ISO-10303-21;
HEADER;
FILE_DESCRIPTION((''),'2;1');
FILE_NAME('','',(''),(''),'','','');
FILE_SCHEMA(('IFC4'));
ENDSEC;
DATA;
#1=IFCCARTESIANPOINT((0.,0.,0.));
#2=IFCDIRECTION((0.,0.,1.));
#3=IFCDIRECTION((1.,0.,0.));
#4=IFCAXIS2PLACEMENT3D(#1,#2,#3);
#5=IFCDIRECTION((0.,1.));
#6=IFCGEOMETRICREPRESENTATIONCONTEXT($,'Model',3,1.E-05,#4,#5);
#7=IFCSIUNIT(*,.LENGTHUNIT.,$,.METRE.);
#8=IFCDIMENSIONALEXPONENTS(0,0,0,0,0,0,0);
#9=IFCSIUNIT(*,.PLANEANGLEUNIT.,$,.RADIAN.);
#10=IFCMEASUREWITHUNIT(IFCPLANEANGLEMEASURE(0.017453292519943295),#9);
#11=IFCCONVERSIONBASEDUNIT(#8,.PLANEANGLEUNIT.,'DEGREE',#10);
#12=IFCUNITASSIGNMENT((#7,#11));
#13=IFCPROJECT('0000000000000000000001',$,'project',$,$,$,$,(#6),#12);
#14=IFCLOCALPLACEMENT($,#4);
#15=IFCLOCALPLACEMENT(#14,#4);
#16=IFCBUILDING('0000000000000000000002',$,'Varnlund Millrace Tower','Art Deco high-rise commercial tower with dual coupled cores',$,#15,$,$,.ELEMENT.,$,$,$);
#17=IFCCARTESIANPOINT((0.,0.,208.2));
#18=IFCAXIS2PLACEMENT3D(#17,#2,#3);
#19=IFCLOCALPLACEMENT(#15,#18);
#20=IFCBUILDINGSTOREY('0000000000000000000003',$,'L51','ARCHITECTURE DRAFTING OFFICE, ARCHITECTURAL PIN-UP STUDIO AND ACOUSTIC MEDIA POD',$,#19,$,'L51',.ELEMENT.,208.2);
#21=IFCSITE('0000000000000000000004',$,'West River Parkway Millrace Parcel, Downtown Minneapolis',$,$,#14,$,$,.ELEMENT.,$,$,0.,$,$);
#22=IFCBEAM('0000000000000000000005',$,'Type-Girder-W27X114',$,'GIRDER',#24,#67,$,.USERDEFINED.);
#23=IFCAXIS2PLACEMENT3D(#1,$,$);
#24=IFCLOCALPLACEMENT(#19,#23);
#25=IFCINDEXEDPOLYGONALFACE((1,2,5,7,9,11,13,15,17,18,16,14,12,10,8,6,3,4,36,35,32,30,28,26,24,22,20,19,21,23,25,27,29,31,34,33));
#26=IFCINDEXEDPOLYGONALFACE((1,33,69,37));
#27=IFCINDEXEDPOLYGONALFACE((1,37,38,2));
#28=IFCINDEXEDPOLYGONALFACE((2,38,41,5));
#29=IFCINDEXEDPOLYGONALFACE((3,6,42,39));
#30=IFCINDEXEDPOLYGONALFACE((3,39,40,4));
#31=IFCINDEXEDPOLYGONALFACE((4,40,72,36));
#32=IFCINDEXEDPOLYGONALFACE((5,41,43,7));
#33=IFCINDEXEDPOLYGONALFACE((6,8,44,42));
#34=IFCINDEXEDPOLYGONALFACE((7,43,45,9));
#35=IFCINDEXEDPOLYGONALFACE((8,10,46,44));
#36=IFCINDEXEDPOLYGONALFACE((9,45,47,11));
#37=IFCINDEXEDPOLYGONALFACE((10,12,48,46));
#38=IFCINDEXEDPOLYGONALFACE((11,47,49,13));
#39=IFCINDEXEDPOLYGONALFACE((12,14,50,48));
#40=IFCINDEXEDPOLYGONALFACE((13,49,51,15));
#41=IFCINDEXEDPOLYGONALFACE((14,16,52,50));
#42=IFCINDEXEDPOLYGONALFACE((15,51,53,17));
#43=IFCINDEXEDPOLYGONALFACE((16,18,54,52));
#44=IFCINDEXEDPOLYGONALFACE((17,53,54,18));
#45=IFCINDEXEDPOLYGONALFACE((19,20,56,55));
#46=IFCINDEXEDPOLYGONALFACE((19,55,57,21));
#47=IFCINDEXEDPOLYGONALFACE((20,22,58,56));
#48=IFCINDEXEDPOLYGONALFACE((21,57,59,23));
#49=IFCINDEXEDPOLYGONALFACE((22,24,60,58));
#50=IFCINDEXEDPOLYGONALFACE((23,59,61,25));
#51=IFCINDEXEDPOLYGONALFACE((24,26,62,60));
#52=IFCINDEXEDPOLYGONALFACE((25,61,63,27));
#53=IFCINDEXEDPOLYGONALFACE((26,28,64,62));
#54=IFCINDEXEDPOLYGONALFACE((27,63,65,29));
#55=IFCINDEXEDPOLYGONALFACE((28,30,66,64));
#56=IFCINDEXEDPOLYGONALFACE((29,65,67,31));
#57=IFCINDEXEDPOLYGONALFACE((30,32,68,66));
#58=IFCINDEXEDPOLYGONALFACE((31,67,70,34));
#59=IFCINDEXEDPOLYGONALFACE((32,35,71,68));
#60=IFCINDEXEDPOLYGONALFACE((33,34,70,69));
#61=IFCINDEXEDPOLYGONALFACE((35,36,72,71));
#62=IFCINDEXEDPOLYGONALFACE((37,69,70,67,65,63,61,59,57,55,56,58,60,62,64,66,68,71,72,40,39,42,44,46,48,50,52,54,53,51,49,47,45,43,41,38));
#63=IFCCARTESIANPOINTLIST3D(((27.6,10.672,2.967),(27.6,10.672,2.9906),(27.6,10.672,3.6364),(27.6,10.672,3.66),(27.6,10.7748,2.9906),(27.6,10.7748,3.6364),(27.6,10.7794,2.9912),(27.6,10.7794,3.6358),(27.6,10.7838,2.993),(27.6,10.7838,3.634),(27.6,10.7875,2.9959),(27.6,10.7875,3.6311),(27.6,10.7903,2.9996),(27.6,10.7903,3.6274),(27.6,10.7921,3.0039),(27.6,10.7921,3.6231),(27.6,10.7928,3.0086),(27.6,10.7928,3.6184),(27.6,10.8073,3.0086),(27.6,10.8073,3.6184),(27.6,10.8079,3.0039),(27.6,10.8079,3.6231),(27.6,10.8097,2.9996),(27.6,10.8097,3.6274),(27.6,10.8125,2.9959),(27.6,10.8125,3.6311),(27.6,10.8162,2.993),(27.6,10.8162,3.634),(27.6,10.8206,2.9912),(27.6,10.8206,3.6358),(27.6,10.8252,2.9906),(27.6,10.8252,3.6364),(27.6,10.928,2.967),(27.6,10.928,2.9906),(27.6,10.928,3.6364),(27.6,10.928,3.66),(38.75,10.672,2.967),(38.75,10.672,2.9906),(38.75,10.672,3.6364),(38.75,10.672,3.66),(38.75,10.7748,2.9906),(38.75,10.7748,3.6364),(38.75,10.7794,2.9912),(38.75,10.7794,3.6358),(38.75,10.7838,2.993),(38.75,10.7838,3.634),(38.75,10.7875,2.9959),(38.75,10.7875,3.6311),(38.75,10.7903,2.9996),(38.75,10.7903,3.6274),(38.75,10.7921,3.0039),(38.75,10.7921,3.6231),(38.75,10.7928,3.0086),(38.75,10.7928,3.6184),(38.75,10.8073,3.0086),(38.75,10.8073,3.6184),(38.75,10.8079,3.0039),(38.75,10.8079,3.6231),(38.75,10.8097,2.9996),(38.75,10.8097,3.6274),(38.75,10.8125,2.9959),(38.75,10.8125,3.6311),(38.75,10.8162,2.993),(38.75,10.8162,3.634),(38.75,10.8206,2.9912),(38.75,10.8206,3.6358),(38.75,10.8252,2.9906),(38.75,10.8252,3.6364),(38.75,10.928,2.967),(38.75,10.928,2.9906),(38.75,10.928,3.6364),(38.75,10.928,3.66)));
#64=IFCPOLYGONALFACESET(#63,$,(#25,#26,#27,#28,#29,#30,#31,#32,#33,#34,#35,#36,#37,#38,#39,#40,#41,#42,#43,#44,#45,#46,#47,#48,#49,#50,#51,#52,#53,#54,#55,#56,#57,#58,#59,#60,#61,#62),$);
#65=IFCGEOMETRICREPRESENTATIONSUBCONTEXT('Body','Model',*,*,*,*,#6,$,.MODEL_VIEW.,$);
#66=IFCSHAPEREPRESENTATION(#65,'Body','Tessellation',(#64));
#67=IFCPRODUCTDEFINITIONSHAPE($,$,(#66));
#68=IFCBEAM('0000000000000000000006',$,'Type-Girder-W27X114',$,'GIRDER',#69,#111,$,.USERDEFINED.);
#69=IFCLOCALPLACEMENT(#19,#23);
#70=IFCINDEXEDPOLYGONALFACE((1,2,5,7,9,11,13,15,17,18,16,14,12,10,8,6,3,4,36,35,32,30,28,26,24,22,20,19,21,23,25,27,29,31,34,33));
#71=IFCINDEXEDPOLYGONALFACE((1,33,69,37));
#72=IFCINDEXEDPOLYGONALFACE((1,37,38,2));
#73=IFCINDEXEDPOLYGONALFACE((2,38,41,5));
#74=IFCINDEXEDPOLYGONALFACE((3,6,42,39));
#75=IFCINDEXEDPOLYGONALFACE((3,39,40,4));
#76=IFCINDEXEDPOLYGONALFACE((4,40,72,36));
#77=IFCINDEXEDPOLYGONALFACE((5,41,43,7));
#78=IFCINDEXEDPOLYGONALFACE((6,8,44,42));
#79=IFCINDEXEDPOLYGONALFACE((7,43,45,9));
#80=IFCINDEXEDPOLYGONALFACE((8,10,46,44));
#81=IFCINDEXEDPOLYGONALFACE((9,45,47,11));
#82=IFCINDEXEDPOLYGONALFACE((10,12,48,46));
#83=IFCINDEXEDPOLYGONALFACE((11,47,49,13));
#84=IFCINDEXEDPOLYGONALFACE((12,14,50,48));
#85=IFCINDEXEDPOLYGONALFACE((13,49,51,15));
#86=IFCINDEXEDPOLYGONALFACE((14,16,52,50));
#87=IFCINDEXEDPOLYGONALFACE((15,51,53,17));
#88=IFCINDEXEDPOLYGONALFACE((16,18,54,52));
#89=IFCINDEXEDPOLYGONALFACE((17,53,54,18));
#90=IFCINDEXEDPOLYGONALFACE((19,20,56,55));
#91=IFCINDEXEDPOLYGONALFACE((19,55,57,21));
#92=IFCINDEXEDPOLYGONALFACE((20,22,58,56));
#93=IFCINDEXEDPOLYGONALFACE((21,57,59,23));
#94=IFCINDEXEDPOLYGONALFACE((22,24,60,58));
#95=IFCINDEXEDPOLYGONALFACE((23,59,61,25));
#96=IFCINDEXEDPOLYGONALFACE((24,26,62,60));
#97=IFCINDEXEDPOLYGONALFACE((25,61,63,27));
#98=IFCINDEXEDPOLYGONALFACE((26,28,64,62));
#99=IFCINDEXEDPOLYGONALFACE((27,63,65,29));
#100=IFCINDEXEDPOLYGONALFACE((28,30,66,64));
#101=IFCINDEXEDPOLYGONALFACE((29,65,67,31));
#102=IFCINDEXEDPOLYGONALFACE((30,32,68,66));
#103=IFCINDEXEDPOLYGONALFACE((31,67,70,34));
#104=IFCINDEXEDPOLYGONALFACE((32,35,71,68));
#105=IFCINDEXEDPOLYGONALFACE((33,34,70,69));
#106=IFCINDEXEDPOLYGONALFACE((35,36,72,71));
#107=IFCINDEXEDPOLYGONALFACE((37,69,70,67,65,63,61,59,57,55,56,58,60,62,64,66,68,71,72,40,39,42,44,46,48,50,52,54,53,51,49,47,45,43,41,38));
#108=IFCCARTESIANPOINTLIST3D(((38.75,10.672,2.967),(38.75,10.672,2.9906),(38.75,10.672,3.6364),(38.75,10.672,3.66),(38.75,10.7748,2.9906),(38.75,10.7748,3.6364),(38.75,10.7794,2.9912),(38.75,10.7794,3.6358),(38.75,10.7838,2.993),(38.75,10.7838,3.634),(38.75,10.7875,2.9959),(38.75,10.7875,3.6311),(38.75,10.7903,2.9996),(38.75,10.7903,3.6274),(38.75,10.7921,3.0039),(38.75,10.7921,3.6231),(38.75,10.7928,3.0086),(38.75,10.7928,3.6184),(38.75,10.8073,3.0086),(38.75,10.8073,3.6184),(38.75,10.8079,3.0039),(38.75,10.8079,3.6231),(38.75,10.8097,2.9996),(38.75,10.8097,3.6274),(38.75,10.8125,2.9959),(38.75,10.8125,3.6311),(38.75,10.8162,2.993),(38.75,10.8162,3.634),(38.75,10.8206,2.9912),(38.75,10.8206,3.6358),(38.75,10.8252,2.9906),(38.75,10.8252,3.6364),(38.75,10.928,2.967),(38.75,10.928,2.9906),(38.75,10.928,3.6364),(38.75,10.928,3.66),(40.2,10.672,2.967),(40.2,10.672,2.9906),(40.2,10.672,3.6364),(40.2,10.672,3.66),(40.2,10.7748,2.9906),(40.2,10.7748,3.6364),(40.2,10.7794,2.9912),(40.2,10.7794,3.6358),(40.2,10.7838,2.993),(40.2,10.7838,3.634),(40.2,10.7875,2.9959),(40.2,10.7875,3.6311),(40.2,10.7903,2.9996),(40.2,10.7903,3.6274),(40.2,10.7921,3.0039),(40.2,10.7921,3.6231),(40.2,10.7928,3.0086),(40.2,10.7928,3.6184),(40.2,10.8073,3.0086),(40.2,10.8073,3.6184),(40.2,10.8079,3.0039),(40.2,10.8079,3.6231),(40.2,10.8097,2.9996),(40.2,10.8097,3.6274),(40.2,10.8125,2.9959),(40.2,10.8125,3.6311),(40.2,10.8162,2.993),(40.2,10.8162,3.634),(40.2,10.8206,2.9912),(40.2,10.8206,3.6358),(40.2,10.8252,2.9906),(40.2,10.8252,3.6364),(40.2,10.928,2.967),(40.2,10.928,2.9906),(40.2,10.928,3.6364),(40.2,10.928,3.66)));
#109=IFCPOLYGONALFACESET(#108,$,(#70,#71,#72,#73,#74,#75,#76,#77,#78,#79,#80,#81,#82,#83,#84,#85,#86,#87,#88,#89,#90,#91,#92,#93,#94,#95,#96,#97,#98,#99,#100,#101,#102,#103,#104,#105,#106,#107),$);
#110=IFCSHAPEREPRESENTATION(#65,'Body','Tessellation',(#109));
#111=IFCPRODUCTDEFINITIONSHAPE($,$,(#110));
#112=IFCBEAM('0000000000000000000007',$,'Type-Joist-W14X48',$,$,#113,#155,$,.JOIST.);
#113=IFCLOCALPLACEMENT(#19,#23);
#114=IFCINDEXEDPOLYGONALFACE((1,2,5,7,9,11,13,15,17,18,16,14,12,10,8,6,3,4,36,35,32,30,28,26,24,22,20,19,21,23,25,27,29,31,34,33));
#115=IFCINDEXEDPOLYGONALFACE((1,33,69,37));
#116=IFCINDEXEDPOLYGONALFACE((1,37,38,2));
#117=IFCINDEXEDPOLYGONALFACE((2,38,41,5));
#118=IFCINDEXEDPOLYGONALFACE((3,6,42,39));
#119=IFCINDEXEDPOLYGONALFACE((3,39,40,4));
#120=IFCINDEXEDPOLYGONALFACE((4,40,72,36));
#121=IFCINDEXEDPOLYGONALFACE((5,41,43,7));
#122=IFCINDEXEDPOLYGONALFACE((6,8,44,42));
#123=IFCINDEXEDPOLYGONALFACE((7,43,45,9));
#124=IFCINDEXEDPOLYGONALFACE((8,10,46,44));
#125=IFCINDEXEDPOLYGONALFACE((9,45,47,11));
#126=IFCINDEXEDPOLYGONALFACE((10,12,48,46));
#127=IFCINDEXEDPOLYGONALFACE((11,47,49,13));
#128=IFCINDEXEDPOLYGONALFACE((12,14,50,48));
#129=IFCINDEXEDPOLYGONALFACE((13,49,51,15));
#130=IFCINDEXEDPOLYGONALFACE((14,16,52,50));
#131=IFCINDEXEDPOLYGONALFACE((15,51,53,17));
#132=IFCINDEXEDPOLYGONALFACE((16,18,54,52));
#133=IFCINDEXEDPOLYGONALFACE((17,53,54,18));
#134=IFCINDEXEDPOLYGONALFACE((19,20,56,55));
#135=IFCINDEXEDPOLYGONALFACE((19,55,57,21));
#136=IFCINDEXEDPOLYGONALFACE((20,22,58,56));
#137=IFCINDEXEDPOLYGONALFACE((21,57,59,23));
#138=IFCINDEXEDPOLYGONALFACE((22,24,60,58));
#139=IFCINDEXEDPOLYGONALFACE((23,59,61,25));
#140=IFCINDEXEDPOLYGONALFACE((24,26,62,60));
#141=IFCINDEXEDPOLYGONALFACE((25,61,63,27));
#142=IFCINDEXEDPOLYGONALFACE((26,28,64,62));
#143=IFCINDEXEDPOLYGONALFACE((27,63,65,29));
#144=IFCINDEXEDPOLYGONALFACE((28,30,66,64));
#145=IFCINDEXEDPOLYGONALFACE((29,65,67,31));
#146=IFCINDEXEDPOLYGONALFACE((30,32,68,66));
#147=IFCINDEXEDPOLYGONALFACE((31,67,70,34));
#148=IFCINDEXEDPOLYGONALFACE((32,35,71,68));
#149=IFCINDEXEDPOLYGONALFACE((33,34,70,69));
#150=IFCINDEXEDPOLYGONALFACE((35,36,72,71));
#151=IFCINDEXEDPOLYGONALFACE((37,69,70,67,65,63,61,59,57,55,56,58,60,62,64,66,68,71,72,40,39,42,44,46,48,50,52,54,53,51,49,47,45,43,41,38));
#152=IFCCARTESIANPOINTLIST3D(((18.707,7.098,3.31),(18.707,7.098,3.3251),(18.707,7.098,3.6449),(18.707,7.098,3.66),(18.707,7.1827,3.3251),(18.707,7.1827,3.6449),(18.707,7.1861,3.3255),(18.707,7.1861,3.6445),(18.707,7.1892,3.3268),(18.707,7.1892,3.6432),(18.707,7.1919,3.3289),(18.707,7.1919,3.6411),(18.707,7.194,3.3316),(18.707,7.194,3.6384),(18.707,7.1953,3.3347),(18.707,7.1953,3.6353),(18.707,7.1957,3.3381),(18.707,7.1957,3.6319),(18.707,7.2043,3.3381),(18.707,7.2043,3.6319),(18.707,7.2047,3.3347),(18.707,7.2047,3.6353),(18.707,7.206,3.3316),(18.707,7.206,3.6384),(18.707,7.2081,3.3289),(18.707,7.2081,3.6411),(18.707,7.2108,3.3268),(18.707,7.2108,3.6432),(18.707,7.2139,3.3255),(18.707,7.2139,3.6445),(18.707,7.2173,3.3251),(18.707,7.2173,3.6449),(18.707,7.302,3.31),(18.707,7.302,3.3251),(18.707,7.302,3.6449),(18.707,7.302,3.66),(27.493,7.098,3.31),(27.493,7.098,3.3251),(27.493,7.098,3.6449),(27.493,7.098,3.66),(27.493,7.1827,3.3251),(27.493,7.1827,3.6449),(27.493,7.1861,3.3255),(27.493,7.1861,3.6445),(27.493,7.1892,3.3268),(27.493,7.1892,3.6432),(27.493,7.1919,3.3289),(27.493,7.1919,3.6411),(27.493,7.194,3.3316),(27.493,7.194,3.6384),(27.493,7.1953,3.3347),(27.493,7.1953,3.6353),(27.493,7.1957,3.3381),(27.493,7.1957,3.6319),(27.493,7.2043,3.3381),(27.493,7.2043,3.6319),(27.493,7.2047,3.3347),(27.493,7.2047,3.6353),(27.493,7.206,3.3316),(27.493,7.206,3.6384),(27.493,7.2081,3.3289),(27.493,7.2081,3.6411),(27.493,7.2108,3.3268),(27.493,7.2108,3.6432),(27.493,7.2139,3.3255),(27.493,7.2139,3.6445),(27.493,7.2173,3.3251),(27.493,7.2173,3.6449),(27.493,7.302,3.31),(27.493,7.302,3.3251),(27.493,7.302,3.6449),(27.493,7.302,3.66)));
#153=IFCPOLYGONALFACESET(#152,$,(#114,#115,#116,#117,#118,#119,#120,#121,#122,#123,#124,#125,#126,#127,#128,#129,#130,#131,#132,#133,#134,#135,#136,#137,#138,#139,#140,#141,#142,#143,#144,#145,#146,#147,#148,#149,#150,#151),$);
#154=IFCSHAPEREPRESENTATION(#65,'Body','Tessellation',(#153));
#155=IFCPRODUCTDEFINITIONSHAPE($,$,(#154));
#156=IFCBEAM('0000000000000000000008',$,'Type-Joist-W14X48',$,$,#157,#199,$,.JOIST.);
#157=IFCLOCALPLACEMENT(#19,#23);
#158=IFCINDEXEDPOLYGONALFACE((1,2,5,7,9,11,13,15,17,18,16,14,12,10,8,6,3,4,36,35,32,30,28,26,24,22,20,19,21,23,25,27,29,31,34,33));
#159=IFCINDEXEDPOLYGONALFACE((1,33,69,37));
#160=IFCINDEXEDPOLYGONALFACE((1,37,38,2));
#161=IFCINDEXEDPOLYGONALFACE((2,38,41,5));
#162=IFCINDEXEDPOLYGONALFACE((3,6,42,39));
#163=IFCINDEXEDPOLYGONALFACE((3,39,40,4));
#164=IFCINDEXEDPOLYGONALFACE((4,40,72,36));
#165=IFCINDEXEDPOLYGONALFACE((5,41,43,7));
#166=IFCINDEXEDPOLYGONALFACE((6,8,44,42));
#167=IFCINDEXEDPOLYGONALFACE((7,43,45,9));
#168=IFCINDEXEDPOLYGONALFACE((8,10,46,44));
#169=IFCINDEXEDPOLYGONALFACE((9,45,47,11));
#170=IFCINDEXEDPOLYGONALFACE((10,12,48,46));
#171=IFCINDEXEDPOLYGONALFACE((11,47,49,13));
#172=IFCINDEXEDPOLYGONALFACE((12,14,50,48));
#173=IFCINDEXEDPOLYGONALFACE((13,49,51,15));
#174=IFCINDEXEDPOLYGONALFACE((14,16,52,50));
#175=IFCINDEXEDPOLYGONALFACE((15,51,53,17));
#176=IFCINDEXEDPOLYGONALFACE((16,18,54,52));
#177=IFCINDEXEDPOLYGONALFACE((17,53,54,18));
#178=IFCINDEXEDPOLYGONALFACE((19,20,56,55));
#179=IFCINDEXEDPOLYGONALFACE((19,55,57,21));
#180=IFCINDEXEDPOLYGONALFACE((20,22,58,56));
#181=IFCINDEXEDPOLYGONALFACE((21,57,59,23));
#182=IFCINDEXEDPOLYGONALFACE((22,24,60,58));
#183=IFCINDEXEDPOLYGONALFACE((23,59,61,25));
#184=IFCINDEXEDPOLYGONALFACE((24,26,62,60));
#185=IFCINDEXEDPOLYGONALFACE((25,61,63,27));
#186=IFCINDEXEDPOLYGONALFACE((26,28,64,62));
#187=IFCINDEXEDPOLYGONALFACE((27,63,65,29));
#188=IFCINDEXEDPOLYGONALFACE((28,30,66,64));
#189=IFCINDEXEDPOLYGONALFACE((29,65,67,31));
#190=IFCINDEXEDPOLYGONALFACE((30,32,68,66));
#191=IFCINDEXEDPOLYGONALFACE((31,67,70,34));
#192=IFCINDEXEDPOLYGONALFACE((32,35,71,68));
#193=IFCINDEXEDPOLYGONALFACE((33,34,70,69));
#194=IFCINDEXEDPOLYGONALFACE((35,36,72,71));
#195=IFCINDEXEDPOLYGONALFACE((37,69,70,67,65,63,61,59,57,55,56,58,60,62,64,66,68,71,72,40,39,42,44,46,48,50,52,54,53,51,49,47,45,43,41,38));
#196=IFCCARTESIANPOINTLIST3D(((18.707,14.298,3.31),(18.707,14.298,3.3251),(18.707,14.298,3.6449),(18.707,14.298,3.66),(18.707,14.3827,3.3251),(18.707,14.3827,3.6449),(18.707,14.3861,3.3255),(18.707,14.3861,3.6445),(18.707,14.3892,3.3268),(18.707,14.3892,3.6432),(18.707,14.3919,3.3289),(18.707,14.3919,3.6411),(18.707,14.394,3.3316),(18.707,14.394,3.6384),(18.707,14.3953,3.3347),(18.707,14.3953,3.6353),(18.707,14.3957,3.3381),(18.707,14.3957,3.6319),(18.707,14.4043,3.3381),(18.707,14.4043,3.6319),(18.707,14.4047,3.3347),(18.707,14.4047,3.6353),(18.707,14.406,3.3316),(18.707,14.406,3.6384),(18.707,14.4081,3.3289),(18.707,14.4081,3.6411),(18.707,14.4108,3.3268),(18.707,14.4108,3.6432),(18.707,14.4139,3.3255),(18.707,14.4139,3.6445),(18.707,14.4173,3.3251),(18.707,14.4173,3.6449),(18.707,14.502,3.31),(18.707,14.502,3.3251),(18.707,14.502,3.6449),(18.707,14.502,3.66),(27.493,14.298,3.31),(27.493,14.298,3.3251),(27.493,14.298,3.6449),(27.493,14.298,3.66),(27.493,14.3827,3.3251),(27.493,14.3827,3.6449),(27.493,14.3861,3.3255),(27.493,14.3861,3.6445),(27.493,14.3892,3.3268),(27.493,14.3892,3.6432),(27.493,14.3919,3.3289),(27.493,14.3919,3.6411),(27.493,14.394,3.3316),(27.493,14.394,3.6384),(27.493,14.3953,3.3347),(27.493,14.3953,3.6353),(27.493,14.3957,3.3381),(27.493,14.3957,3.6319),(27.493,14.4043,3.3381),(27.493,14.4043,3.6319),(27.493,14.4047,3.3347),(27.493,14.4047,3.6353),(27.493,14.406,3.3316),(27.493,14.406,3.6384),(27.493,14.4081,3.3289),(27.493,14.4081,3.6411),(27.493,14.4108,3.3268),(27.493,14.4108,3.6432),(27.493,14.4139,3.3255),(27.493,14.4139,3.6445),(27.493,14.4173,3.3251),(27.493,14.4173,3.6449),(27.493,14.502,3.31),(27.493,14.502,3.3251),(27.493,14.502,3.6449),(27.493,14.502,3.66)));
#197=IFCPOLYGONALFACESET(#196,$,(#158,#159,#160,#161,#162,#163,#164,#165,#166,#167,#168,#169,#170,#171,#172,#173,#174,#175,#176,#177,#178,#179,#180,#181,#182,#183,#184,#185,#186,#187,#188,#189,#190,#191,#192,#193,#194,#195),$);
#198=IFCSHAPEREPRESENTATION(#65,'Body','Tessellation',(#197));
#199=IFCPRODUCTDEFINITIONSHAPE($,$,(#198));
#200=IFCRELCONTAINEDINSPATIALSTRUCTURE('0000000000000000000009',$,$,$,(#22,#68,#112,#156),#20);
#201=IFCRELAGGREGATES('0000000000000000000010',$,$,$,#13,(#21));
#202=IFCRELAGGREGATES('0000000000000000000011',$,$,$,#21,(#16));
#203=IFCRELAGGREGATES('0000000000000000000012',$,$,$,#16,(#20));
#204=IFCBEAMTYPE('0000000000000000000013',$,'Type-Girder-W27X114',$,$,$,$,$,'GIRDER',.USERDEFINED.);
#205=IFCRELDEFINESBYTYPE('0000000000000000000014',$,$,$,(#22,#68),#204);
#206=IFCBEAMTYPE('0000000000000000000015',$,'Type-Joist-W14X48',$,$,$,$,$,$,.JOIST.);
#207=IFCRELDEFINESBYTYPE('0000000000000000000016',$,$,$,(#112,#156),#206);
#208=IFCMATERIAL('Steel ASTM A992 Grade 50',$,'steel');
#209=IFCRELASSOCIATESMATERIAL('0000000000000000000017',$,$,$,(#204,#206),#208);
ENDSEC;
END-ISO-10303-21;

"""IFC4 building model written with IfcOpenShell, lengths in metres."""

from ifc_helpers import new_model, entity, si_unit, converted_unit, direction, frame, origin_with_axes, origin_2d_with_axis, place, context, subcontext, project, spatial, i_section, extrude, material, material_profile, profile_set, type_object, element, save


model = new_model("IFC4")

# Units and contexts
model_context = context("Model", 3, precision=1e-05, world=origin_with_axes(), true_north=direction((0.0, 1.0)))
body_context = subcontext(model_context, "Body", "Model", "MODEL_VIEW")
ifc_project = project(units=[si_unit("LENGTHUNIT", "METRE"), converted_unit("PLANEANGLEUNIT", "DEGREE", entity("IfcPlaneAngleMeasure", 0.017453292519943295), si_unit("PLANEANGLEUNIT", "RADIAN"), dimensions=[0, 0, 0, 0, 0, 0, 0])], contexts=[model_context])

# Site, building, storey
site_placement = place(None, origin_with_axes())
site = spatial("IfcSite", under=ifc_project, at=site_placement, Name="West River Parkway Millrace Parcel, Downtown Minneapolis", CompositionType="ELEMENT", RefElevation=0.0)
building_placement = place(site_placement, origin_with_axes())
building = spatial("IfcBuilding", under=site, at=building_placement, Name="Varnlund Millrace Tower", Description="Art Deco high-rise commercial tower with dual coupled cores", CompositionType="ELEMENT")
storey_placement = place(building_placement, frame((0.0, 0.0, 208.2), z_axis=(0.0, 0.0, 1.0), x_axis=(1.0, 0.0, 0.0)))
storey = spatial("IfcBuildingStorey", under=building, at=storey_placement, Name="L51", Description="ARCHITECTURE DRAFTING OFFICE, ARCHITECTURAL PIN-UP STUDIO AND ACOUSTIC MEDIA POD", LongName="L51", CompositionType="ELEMENT", Elevation=208.2)

# Beams
ifc_material_1 = material(Name="Steel ASTM A992 Grade 50", Category="steel")
ifc_material_profile_1 = material_profile(ifc_material_1, i_section(OverallWidth=0.256, OverallDepth=0.693, WebThickness=0.0145, FlangeThickness=0.0236, FilletRadius=0.018, at=origin_2d_with_axis()), Name="Steel ASTM A992 Grade 50")
ifc_profile_set_1 = profile_set([ifc_material_profile_1], Name="Steel ASTM A992 Grade 50")
beam_type_1 = type_object("IfcBeamType", Name="Type-Girder-W27X114", ElementType="GIRDER", PredefinedType="USERDEFINED", material=ifc_profile_set_1)
beam_1_placement = place(storey_placement, frame((27.6, 10.8, 3.3135), z_axis=(1.0, 0.0, 0.0), x_axis=(0.0, 1.0, 0.0)))
element("IfcBeam", 1, at=beam_1_placement, inside=storey, type_object=beam_type_1, Name="Type-Girder-W27X114", ObjectType="GIRDER", PredefinedType="USERDEFINED", context=body_context, shape_type="SweptSolid", body=[
    extrude(i_section(OverallWidth=0.256, OverallDepth=0.693, WebThickness=0.0145, FlangeThickness=0.0236, FilletRadius=0.018, at=origin_2d_with_axis()), origin_with_axes(), (0.0, 0.0, 1.0), 11.15),
])
beam_2_placement = place(storey_placement, frame((38.75, 10.8, 3.3135), z_axis=(1.0, 0.0, 0.0), x_axis=(0.0, 1.0, 0.0)))
element("IfcBeam", 2, at=beam_2_placement, inside=storey, type_object=beam_type_1, Name="Type-Girder-W27X114", ObjectType="GIRDER", PredefinedType="USERDEFINED", context=body_context, shape_type="SweptSolid", body=[
    extrude(i_section(OverallWidth=0.256, OverallDepth=0.693, WebThickness=0.0145, FlangeThickness=0.0236, FilletRadius=0.018, at=origin_2d_with_axis()), origin_with_axes(), (0.0, 0.0, 1.0), 1.45),
])
ifc_material_profile_2 = material_profile(ifc_material_1, i_section(OverallWidth=0.204, OverallDepth=0.35, WebThickness=0.0086, FlangeThickness=0.0151, FilletRadius=0.013, at=origin_2d_with_axis()), Name="Steel ASTM A992 Grade 50")
ifc_profile_set_2 = profile_set([ifc_material_profile_2], Name="Steel ASTM A992 Grade 50")
beam_type_2 = type_object("IfcBeamType", Name="Type-Joist-W14X48", PredefinedType="JOIST", material=ifc_profile_set_2)
for number, where, z_axis, x_axis, name in (
    (3, (18.707, 7.2, 3.485), (1.0, 0.0, 0.0), (0.0, 1.0, 0.0), "Type-Joist-W14X48"),
    (4, (18.707, 14.4, 3.485), (1.0, 0.0, 0.0), (0.0, 1.0, 0.0), "Type-Joist-W14X48"),
):
    element("IfcBeam", number, at=place(storey_placement, frame(where, z_axis=z_axis, x_axis=x_axis)), inside=storey, type_object=beam_type_2, Name=name, PredefinedType="JOIST", context=body_context, shape_type="SweptSolid", body=[
        extrude(i_section(OverallWidth=0.204, OverallDepth=0.35, WebThickness=0.0086, FlangeThickness=0.0151, FilletRadius=0.013, at=origin_2d_with_axis()), origin_with_axes(), (0.0, 0.0, 1.0), 8.786),
    ])

save(model, "model.ifc")
